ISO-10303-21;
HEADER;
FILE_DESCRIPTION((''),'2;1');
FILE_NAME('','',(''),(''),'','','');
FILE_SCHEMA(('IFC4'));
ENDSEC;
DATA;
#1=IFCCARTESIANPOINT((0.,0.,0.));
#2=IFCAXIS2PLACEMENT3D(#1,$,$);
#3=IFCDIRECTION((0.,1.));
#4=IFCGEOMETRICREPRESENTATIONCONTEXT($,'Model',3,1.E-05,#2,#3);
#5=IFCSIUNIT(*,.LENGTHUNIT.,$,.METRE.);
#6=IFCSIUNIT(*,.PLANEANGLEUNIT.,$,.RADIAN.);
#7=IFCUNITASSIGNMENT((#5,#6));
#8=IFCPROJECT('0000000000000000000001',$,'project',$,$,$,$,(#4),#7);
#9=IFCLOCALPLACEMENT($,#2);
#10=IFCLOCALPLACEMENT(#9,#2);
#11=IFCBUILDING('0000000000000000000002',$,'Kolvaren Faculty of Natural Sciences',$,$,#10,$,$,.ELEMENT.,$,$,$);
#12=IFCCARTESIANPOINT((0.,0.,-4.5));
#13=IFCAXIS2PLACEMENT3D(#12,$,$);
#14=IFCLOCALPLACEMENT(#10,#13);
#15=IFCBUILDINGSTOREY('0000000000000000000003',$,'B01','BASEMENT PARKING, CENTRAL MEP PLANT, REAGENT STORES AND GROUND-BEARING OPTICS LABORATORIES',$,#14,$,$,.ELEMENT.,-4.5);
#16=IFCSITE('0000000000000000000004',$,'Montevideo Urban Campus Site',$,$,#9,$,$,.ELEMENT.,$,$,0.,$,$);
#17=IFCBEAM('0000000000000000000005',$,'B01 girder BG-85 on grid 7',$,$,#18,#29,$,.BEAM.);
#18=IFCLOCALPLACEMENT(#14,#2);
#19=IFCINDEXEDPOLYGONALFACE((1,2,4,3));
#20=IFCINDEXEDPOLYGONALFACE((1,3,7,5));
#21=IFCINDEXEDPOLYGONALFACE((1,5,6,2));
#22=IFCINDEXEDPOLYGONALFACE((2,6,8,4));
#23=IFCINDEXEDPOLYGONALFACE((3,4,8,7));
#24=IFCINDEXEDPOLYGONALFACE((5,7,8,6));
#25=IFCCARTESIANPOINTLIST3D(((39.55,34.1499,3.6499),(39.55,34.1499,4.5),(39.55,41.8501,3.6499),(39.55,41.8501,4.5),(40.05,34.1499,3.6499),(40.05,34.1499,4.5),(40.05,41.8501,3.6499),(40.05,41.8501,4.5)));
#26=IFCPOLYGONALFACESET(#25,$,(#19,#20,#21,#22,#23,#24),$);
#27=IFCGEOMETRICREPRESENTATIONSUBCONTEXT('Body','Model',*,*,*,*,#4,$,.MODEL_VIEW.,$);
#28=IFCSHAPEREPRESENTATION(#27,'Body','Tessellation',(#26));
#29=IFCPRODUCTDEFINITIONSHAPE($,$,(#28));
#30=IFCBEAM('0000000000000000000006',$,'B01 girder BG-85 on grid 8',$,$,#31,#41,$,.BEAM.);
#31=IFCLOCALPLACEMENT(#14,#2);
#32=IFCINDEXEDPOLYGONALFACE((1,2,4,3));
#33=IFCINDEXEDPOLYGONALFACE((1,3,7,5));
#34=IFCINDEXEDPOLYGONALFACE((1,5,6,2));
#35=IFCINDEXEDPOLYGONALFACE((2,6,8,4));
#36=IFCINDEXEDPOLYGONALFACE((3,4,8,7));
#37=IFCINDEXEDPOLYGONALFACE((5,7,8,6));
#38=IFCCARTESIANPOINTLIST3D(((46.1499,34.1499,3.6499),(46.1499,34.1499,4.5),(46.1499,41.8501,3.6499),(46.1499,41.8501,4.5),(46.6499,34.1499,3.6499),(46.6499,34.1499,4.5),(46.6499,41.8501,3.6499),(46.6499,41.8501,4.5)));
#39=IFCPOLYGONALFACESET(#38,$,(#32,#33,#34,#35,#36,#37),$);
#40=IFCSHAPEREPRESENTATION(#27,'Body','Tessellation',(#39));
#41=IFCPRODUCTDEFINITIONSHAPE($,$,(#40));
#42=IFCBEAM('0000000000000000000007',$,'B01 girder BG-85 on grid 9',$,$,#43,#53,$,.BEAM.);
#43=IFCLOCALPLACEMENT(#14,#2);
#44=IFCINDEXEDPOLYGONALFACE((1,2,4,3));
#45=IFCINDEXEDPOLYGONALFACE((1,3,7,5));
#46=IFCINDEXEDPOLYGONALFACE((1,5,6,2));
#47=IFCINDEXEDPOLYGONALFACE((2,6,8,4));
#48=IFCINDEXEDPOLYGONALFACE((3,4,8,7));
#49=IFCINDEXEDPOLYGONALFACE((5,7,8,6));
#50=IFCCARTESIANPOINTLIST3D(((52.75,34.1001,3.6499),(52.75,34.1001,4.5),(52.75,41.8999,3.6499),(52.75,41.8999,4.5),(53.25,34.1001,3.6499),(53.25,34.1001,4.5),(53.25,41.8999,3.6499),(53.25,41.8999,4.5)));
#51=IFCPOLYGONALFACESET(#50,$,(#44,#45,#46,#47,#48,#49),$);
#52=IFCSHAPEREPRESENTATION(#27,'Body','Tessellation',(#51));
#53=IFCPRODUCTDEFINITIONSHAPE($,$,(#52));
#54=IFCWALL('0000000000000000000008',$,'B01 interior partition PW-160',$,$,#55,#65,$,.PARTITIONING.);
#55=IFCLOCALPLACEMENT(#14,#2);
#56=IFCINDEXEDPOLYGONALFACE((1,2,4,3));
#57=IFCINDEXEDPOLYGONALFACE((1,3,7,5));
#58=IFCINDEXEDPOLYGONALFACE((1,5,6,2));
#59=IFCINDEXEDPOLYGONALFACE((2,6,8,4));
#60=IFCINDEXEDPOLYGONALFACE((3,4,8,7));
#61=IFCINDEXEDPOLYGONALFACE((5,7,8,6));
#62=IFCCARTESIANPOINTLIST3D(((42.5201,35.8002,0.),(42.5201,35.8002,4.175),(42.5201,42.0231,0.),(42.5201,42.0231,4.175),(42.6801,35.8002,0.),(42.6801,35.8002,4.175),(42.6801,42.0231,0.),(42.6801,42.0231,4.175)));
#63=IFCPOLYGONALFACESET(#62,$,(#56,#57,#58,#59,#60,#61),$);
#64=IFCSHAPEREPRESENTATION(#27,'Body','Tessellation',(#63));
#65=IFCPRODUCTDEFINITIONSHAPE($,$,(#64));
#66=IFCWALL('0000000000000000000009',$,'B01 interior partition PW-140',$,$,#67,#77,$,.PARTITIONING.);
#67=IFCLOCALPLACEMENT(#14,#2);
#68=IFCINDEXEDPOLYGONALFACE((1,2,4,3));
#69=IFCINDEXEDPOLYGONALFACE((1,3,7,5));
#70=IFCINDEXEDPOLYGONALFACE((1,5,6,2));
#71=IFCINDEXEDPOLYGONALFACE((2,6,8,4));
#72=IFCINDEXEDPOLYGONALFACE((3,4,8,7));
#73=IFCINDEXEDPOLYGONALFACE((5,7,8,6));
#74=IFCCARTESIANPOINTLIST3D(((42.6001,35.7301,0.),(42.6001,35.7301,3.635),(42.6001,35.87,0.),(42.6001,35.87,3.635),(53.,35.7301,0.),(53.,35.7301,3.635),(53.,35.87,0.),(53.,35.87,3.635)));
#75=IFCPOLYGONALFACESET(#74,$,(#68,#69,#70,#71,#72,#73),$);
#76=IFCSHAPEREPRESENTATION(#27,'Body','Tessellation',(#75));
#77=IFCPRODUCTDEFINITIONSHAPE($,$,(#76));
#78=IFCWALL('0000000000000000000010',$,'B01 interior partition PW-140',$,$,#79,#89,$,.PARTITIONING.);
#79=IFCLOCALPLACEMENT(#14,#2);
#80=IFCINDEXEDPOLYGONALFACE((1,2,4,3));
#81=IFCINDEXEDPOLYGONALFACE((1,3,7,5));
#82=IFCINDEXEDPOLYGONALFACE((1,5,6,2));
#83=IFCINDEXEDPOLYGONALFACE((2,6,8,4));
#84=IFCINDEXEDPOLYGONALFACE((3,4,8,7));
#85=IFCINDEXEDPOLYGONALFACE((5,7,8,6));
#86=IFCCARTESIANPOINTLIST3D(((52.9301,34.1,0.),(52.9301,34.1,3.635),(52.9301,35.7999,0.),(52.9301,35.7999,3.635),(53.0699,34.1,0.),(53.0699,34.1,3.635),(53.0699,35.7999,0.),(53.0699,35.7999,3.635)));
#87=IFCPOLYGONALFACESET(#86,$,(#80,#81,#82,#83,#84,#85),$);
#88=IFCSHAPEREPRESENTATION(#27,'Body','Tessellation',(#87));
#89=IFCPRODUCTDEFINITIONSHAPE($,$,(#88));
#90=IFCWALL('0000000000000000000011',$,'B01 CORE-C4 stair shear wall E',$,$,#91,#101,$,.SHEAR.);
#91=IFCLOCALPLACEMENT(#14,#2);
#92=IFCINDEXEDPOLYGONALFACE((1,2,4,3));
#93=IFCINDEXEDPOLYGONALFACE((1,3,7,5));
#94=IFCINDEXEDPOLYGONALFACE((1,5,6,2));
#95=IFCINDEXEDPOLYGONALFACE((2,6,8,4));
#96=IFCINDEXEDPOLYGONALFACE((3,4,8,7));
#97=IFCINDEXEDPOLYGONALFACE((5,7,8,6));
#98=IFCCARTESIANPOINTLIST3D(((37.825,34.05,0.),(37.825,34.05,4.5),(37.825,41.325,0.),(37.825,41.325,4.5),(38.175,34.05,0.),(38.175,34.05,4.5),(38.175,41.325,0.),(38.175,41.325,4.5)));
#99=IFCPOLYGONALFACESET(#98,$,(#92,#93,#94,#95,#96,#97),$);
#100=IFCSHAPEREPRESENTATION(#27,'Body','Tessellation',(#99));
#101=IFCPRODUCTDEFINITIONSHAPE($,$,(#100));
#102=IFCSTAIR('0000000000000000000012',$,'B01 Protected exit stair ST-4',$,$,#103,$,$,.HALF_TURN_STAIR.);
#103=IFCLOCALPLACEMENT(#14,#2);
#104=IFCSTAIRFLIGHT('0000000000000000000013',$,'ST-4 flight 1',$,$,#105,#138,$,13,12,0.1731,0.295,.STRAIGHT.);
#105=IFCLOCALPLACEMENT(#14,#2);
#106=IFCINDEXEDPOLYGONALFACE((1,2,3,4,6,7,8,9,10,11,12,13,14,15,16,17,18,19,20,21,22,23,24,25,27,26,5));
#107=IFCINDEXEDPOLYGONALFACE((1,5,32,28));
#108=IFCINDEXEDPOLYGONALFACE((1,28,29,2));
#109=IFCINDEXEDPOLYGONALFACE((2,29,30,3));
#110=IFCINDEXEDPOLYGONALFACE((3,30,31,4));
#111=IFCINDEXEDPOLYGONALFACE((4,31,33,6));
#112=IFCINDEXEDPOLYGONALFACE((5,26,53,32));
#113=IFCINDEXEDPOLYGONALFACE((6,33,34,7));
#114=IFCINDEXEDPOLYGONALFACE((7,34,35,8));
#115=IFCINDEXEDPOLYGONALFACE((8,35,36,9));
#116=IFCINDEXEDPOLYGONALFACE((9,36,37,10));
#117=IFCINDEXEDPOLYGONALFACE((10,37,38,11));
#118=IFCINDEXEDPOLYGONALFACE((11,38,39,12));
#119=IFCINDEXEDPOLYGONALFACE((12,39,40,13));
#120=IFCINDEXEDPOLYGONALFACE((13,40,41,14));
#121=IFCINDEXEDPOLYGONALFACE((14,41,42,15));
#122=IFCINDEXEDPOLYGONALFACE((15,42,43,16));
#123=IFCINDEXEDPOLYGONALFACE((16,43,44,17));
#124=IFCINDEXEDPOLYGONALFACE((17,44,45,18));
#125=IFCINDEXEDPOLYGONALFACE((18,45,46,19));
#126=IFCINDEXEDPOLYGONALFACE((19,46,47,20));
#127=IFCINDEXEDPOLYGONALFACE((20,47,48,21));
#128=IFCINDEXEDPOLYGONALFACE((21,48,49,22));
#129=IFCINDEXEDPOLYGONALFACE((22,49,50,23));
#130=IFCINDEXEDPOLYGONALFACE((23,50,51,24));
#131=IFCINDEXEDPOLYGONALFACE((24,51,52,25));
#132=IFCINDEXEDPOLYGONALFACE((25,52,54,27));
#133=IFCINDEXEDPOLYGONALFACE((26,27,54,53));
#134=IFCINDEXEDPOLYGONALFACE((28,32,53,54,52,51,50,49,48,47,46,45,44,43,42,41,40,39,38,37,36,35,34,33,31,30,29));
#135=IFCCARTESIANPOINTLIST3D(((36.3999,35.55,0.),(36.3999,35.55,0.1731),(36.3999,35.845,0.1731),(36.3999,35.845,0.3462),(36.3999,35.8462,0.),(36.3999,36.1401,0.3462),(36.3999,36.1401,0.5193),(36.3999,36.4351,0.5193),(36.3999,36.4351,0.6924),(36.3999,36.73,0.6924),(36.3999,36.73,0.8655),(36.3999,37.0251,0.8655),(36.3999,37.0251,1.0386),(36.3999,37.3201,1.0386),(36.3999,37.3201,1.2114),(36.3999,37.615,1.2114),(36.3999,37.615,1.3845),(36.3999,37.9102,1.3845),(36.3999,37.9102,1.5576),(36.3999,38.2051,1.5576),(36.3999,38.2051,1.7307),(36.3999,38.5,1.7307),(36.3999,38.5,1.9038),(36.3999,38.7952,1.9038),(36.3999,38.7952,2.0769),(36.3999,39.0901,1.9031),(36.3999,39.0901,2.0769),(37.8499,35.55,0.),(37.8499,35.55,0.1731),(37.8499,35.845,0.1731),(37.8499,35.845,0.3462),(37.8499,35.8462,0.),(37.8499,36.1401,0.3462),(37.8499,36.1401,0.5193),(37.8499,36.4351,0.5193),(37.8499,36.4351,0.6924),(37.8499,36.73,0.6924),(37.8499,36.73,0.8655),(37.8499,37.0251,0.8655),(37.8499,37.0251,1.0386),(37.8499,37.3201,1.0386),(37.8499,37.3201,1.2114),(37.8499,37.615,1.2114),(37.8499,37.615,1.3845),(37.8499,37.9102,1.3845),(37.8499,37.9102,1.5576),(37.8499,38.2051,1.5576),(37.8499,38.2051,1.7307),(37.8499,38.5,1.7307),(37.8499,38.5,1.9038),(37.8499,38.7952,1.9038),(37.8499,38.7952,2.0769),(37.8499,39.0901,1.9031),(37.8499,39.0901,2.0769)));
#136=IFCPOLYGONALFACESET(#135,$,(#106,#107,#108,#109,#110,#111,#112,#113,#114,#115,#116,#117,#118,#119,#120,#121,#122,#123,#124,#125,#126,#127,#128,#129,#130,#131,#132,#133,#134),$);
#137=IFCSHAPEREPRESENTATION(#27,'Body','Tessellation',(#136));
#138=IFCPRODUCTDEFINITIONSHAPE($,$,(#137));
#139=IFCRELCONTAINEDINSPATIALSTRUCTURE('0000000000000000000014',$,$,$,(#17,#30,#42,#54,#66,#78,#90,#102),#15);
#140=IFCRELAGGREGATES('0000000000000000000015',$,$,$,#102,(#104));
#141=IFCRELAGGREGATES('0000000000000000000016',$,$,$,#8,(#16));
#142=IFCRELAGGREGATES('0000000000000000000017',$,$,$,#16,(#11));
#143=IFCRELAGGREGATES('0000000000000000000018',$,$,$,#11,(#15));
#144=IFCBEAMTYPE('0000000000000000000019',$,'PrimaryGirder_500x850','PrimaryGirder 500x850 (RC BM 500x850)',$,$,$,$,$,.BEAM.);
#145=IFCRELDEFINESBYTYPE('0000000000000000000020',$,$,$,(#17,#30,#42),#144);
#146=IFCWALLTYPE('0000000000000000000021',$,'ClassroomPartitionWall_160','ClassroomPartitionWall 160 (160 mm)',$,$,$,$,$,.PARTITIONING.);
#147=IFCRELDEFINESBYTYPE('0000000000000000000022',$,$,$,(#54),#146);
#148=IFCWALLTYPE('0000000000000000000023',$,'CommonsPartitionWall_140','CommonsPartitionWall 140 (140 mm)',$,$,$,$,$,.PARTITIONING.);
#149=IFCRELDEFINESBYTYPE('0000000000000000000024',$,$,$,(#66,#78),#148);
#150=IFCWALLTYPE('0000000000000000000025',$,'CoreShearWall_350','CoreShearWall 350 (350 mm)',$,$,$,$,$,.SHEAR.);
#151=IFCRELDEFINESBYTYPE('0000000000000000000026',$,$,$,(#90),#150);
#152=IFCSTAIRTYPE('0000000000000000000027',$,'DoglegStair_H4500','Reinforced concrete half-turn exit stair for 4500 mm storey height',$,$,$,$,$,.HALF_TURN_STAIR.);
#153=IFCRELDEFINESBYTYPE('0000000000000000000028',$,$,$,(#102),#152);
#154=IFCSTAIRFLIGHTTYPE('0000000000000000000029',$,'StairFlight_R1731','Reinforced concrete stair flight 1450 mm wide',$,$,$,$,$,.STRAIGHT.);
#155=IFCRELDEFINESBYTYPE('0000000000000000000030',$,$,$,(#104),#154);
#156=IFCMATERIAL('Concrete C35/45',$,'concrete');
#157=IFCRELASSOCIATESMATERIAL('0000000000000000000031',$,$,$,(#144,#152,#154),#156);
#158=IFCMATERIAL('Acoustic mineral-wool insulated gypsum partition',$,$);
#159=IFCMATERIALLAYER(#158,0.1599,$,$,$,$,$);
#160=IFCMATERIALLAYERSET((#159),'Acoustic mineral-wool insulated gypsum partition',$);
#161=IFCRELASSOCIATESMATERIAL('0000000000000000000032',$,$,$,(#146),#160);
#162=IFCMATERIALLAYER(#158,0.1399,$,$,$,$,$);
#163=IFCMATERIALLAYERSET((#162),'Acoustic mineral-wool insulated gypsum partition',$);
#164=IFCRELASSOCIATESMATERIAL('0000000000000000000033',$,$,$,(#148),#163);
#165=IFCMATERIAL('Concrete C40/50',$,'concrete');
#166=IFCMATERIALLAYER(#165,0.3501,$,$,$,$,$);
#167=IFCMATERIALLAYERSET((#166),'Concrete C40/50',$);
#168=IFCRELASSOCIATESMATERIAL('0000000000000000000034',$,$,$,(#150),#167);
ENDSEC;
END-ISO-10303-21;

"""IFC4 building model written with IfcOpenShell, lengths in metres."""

from ifc_helpers import new_model, si_unit, direction, frame, frame_2d, origin, origin_2d, place, context, subcontext, project, spatial, polyline, rectangle, outline, extrude, material, layer, layer_set, material_profile, profile_set, type_object, element, aggregate, save


model = new_model("IFC4")

# Units and contexts
model_context = context("Model", 3, precision=1e-05, world=origin(), true_north=direction((0.0, 1.0)))
body_context = subcontext(model_context, "Body", "Model", "MODEL_VIEW")
ifc_project = project(units=[si_unit("LENGTHUNIT", "METRE"), si_unit("PLANEANGLEUNIT", "RADIAN")], contexts=[model_context])

# Site, building, storey
site_placement = place(None, origin())
site = spatial("IfcSite", under=ifc_project, at=site_placement, Name="Montevideo Urban Campus Site", CompositionType="ELEMENT", RefElevation=0.0)
building_placement = place(site_placement, origin())
building = spatial("IfcBuilding", under=site, at=building_placement, Name="Kolvaren Faculty of Natural Sciences", CompositionType="ELEMENT")
storey_placement = place(building_placement, frame((0.0, 0.0, -4.5)))
storey = spatial("IfcBuildingStorey", under=building, at=storey_placement, Name="B01", Description="BASEMENT PARKING, CENTRAL MEP PLANT, REAGENT STORES AND GROUND-BEARING OPTICS LABORATORIES", CompositionType="ELEMENT", Elevation=-4.5)

# Shared definitions
ifc_material_1 = material(Name="Concrete C35/45", Category="concrete")

# Shared definitions
ifc_material_2 = material(Name="Concrete C40/50", Category="concrete")

# Beams
ifc_material_profile_1 = material_profile(ifc_material_1, rectangle(XDim=0.5, YDim=0.8501, at=origin_2d()), Name="RC BM 500x850")
ifc_profile_set_1 = profile_set([ifc_material_profile_1], Name="Concrete C35/45")
beam_type_1 = type_object("IfcBeamType", Name="PrimaryGirder_500x850", Description="PrimaryGirder 500x850 (RC BM 500x850)", PredefinedType="BEAM", material=ifc_profile_set_1)
for number, where, z_axis, x_axis, name in (
    (1, (39.8, 34.1499, 4.075), (0.0, 1.0, 0.0), (-1.0, 0.0, 0.0), "B01 girder BG-85 on grid 7"),
    (2, (46.3999, 34.1499, 4.075), (0.0, 1.0, 0.0), (-1.0, 0.0, 0.0), "B01 girder BG-85 on grid 8"),
):
    element("IfcBeam", number, at=place(storey_placement, frame(where, z_axis=z_axis, x_axis=x_axis)), inside=storey, type_object=beam_type_1, Name=name, PredefinedType="BEAM", context=body_context, shape_type="SweptSolid", body=[
        extrude(rectangle(XDim=0.5, YDim=0.8501, at=origin_2d()), origin(), (0.0, 0.0, 1.0), 7.7002),
    ])
beam_placement = place(storey_placement, frame((53.0, 34.1001, 4.075), z_axis=(0.0, 1.0, 0.0), x_axis=(-1.0, 0.0, 0.0)))
element("IfcBeam", 3, at=beam_placement, inside=storey, type_object=beam_type_1, Name="B01 girder BG-85 on grid 9", PredefinedType="BEAM", context=body_context, shape_type="SweptSolid", body=[
    extrude(rectangle(XDim=0.5, YDim=0.8501, at=origin_2d()), origin(), (0.0, 0.0, 1.0), 7.7998),
])

# Walls
ifc_material_3 = material(Name="Acoustic mineral-wool insulated gypsum partition")
ifc_layer_1 = layer(ifc_material_3, 0.1599)
ifc_layer_set_1 = layer_set([ifc_layer_1], Name="Acoustic mineral-wool insulated gypsum partition")
wall_type_1 = type_object("IfcWallType", Name="ClassroomPartitionWall_160", Description="ClassroomPartitionWall 160 (160 mm)", PredefinedType="PARTITIONING", material=ifc_layer_set_1)
wall_1_placement = place(storey_placement, frame((42.6001, 42.0229, 0.0), z_axis=(0.0, 0.0, 1.0), x_axis=(0.0, -1.0, 0.0)))
element("IfcWall", 4, at=wall_1_placement, inside=storey, type_object=wall_type_1, Name="B01 interior partition PW-160", PredefinedType="PARTITIONING", context=body_context, shape_type="SweptSolid", body=[
    extrude(rectangle(XDim=6.2229, YDim=0.1599, at=frame_2d((3.1113, 0.0))), origin(), (0.0, 0.0, 1.0), 4.175),
])
ifc_layer_2 = layer(ifc_material_3, 0.1399)
ifc_layer_set_2 = layer_set([ifc_layer_2], Name="Acoustic mineral-wool insulated gypsum partition")
wall_type_2 = type_object("IfcWallType", Name="CommonsPartitionWall_140", Description="CommonsPartitionWall 140 (140 mm)", PredefinedType="PARTITIONING", material=ifc_layer_set_2)
wall_2_placement = place(storey_placement, frame((42.6001, 35.8, 0.0), z_axis=(0.0, 0.0, 1.0), x_axis=(1.0, 0.0, 0.0)))
element("IfcWall", 5, at=wall_2_placement, inside=storey, type_object=wall_type_2, Name="B01 interior partition PW-140", PredefinedType="PARTITIONING", context=body_context, shape_type="SweptSolid", body=[
    extrude(rectangle(XDim=10.3999, YDim=0.1399, at=frame_2d((5.2, 0.0))), origin(), (0.0, 0.0, 1.0), 3.635),
])
wall_3_placement = place(storey_placement, frame((53.0, 35.8, 0.0), z_axis=(0.0, 0.0, 1.0), x_axis=(0.0, -1.0, 0.0)))
element("IfcWall", 6, at=wall_3_placement, inside=storey, type_object=wall_type_2, Name="B01 interior partition PW-140", PredefinedType="PARTITIONING", context=body_context, shape_type="SweptSolid", body=[
    extrude(rectangle(XDim=1.7, YDim=0.1399, at=frame_2d((0.8501, 0.0))), origin(), (0.0, 0.0, 1.0), 3.635),
])
ifc_layer_3 = layer(ifc_material_2, 0.3501)
ifc_layer_set_3 = layer_set([ifc_layer_3], Name="Concrete C40/50")
wall_type_3 = type_object("IfcWallType", Name="CoreShearWall_350", Description="CoreShearWall 350 (350 mm)", PredefinedType="SHEAR", material=ifc_layer_set_3)
wall_4_placement = place(storey_placement, frame((38.0, 34.05, 0.0), z_axis=(0.0, 0.0, 1.0), x_axis=(0.0, 1.0, 0.0)))
element("IfcWall", 7, at=wall_4_placement, inside=storey, type_object=wall_type_3, Name="B01 CORE-C4 stair shear wall E", PredefinedType="SHEAR", context=body_context, shape_type="SweptSolid", body=[
    extrude(rectangle(XDim=7.2749, YDim=0.3501, at=frame_2d((3.6375, 0.0))), origin(), (0.0, 0.0, 1.0), 4.5),
])

# Stair, stair flight
stair_type = type_object("IfcStairType", Name="DoglegStair_H4500", Description="Reinforced concrete half-turn exit stair for 4500 mm storey height", PredefinedType="HALF_TURN_STAIR", material=ifc_material_1)
stair_placement = place(storey_placement, origin())
stair = element("IfcStair", 8, at=stair_placement, inside=storey, type_object=stair_type, Name="B01 Protected exit stair ST-4", PredefinedType="HALF_TURN_STAIR")
stair_flight_type = type_object("IfcStairFlightType", Name="StairFlight_R1731", Description="Reinforced concrete stair flight 1450 mm wide", PredefinedType="STRAIGHT", material=ifc_material_1)
stair_flight_placement = place(storey_placement, frame((37.125, 35.55, 0.0), z_axis=(0.0, 0.0, 1.0), x_axis=(0.0, 1.0, 0.0)))
stair_flight = element("IfcStairFlight", 9, at=stair_flight_placement, type_object=stair_flight_type, Name="ST-4 flight 1", NumberOfRisers=13, NumberOfTreads=12, PredefinedType="STRAIGHT", RiserHeight=0.1731, TreadLength=0.295, context=body_context, shape_type="SweptSolid", body=[
    extrude(outline(polyline([(0.0, 0.0), (0.0, 0.1731), (0.2949, 0.1731), (0.2949, 0.3462), (0.5901, 0.3462), (0.5901, 0.5193), (0.885, 0.5193), (0.885, 0.6924), (1.1799, 0.6924), (1.1799, 0.8655), (1.4751, 0.8655), (1.4751, 1.0386), (1.77, 1.0386), (1.77, 1.2114), (2.0649, 1.2114), (2.0649, 1.3845), (2.3601, 1.3845), (2.3601, 1.5576), (2.655, 1.5576), (2.655, 1.7307), (2.95, 1.7307), (2.95, 1.9038), (3.2451, 1.9038), (3.2451, 2.0769), (3.54, 2.0769), (3.54, 2.25), (3.54, 1.9031), (0.2961, 0.0), (0.0, 0.0)])), frame((0.0, 0.7251, 0.0), z_axis=(0.0, -1.0, 0.0), x_axis=(1.0, 0.0, 0.0)), (0.0, 0.0, 1.0), 1.45),
])
aggregate(stair, [stair_flight])

save(model, "model.ifc")
